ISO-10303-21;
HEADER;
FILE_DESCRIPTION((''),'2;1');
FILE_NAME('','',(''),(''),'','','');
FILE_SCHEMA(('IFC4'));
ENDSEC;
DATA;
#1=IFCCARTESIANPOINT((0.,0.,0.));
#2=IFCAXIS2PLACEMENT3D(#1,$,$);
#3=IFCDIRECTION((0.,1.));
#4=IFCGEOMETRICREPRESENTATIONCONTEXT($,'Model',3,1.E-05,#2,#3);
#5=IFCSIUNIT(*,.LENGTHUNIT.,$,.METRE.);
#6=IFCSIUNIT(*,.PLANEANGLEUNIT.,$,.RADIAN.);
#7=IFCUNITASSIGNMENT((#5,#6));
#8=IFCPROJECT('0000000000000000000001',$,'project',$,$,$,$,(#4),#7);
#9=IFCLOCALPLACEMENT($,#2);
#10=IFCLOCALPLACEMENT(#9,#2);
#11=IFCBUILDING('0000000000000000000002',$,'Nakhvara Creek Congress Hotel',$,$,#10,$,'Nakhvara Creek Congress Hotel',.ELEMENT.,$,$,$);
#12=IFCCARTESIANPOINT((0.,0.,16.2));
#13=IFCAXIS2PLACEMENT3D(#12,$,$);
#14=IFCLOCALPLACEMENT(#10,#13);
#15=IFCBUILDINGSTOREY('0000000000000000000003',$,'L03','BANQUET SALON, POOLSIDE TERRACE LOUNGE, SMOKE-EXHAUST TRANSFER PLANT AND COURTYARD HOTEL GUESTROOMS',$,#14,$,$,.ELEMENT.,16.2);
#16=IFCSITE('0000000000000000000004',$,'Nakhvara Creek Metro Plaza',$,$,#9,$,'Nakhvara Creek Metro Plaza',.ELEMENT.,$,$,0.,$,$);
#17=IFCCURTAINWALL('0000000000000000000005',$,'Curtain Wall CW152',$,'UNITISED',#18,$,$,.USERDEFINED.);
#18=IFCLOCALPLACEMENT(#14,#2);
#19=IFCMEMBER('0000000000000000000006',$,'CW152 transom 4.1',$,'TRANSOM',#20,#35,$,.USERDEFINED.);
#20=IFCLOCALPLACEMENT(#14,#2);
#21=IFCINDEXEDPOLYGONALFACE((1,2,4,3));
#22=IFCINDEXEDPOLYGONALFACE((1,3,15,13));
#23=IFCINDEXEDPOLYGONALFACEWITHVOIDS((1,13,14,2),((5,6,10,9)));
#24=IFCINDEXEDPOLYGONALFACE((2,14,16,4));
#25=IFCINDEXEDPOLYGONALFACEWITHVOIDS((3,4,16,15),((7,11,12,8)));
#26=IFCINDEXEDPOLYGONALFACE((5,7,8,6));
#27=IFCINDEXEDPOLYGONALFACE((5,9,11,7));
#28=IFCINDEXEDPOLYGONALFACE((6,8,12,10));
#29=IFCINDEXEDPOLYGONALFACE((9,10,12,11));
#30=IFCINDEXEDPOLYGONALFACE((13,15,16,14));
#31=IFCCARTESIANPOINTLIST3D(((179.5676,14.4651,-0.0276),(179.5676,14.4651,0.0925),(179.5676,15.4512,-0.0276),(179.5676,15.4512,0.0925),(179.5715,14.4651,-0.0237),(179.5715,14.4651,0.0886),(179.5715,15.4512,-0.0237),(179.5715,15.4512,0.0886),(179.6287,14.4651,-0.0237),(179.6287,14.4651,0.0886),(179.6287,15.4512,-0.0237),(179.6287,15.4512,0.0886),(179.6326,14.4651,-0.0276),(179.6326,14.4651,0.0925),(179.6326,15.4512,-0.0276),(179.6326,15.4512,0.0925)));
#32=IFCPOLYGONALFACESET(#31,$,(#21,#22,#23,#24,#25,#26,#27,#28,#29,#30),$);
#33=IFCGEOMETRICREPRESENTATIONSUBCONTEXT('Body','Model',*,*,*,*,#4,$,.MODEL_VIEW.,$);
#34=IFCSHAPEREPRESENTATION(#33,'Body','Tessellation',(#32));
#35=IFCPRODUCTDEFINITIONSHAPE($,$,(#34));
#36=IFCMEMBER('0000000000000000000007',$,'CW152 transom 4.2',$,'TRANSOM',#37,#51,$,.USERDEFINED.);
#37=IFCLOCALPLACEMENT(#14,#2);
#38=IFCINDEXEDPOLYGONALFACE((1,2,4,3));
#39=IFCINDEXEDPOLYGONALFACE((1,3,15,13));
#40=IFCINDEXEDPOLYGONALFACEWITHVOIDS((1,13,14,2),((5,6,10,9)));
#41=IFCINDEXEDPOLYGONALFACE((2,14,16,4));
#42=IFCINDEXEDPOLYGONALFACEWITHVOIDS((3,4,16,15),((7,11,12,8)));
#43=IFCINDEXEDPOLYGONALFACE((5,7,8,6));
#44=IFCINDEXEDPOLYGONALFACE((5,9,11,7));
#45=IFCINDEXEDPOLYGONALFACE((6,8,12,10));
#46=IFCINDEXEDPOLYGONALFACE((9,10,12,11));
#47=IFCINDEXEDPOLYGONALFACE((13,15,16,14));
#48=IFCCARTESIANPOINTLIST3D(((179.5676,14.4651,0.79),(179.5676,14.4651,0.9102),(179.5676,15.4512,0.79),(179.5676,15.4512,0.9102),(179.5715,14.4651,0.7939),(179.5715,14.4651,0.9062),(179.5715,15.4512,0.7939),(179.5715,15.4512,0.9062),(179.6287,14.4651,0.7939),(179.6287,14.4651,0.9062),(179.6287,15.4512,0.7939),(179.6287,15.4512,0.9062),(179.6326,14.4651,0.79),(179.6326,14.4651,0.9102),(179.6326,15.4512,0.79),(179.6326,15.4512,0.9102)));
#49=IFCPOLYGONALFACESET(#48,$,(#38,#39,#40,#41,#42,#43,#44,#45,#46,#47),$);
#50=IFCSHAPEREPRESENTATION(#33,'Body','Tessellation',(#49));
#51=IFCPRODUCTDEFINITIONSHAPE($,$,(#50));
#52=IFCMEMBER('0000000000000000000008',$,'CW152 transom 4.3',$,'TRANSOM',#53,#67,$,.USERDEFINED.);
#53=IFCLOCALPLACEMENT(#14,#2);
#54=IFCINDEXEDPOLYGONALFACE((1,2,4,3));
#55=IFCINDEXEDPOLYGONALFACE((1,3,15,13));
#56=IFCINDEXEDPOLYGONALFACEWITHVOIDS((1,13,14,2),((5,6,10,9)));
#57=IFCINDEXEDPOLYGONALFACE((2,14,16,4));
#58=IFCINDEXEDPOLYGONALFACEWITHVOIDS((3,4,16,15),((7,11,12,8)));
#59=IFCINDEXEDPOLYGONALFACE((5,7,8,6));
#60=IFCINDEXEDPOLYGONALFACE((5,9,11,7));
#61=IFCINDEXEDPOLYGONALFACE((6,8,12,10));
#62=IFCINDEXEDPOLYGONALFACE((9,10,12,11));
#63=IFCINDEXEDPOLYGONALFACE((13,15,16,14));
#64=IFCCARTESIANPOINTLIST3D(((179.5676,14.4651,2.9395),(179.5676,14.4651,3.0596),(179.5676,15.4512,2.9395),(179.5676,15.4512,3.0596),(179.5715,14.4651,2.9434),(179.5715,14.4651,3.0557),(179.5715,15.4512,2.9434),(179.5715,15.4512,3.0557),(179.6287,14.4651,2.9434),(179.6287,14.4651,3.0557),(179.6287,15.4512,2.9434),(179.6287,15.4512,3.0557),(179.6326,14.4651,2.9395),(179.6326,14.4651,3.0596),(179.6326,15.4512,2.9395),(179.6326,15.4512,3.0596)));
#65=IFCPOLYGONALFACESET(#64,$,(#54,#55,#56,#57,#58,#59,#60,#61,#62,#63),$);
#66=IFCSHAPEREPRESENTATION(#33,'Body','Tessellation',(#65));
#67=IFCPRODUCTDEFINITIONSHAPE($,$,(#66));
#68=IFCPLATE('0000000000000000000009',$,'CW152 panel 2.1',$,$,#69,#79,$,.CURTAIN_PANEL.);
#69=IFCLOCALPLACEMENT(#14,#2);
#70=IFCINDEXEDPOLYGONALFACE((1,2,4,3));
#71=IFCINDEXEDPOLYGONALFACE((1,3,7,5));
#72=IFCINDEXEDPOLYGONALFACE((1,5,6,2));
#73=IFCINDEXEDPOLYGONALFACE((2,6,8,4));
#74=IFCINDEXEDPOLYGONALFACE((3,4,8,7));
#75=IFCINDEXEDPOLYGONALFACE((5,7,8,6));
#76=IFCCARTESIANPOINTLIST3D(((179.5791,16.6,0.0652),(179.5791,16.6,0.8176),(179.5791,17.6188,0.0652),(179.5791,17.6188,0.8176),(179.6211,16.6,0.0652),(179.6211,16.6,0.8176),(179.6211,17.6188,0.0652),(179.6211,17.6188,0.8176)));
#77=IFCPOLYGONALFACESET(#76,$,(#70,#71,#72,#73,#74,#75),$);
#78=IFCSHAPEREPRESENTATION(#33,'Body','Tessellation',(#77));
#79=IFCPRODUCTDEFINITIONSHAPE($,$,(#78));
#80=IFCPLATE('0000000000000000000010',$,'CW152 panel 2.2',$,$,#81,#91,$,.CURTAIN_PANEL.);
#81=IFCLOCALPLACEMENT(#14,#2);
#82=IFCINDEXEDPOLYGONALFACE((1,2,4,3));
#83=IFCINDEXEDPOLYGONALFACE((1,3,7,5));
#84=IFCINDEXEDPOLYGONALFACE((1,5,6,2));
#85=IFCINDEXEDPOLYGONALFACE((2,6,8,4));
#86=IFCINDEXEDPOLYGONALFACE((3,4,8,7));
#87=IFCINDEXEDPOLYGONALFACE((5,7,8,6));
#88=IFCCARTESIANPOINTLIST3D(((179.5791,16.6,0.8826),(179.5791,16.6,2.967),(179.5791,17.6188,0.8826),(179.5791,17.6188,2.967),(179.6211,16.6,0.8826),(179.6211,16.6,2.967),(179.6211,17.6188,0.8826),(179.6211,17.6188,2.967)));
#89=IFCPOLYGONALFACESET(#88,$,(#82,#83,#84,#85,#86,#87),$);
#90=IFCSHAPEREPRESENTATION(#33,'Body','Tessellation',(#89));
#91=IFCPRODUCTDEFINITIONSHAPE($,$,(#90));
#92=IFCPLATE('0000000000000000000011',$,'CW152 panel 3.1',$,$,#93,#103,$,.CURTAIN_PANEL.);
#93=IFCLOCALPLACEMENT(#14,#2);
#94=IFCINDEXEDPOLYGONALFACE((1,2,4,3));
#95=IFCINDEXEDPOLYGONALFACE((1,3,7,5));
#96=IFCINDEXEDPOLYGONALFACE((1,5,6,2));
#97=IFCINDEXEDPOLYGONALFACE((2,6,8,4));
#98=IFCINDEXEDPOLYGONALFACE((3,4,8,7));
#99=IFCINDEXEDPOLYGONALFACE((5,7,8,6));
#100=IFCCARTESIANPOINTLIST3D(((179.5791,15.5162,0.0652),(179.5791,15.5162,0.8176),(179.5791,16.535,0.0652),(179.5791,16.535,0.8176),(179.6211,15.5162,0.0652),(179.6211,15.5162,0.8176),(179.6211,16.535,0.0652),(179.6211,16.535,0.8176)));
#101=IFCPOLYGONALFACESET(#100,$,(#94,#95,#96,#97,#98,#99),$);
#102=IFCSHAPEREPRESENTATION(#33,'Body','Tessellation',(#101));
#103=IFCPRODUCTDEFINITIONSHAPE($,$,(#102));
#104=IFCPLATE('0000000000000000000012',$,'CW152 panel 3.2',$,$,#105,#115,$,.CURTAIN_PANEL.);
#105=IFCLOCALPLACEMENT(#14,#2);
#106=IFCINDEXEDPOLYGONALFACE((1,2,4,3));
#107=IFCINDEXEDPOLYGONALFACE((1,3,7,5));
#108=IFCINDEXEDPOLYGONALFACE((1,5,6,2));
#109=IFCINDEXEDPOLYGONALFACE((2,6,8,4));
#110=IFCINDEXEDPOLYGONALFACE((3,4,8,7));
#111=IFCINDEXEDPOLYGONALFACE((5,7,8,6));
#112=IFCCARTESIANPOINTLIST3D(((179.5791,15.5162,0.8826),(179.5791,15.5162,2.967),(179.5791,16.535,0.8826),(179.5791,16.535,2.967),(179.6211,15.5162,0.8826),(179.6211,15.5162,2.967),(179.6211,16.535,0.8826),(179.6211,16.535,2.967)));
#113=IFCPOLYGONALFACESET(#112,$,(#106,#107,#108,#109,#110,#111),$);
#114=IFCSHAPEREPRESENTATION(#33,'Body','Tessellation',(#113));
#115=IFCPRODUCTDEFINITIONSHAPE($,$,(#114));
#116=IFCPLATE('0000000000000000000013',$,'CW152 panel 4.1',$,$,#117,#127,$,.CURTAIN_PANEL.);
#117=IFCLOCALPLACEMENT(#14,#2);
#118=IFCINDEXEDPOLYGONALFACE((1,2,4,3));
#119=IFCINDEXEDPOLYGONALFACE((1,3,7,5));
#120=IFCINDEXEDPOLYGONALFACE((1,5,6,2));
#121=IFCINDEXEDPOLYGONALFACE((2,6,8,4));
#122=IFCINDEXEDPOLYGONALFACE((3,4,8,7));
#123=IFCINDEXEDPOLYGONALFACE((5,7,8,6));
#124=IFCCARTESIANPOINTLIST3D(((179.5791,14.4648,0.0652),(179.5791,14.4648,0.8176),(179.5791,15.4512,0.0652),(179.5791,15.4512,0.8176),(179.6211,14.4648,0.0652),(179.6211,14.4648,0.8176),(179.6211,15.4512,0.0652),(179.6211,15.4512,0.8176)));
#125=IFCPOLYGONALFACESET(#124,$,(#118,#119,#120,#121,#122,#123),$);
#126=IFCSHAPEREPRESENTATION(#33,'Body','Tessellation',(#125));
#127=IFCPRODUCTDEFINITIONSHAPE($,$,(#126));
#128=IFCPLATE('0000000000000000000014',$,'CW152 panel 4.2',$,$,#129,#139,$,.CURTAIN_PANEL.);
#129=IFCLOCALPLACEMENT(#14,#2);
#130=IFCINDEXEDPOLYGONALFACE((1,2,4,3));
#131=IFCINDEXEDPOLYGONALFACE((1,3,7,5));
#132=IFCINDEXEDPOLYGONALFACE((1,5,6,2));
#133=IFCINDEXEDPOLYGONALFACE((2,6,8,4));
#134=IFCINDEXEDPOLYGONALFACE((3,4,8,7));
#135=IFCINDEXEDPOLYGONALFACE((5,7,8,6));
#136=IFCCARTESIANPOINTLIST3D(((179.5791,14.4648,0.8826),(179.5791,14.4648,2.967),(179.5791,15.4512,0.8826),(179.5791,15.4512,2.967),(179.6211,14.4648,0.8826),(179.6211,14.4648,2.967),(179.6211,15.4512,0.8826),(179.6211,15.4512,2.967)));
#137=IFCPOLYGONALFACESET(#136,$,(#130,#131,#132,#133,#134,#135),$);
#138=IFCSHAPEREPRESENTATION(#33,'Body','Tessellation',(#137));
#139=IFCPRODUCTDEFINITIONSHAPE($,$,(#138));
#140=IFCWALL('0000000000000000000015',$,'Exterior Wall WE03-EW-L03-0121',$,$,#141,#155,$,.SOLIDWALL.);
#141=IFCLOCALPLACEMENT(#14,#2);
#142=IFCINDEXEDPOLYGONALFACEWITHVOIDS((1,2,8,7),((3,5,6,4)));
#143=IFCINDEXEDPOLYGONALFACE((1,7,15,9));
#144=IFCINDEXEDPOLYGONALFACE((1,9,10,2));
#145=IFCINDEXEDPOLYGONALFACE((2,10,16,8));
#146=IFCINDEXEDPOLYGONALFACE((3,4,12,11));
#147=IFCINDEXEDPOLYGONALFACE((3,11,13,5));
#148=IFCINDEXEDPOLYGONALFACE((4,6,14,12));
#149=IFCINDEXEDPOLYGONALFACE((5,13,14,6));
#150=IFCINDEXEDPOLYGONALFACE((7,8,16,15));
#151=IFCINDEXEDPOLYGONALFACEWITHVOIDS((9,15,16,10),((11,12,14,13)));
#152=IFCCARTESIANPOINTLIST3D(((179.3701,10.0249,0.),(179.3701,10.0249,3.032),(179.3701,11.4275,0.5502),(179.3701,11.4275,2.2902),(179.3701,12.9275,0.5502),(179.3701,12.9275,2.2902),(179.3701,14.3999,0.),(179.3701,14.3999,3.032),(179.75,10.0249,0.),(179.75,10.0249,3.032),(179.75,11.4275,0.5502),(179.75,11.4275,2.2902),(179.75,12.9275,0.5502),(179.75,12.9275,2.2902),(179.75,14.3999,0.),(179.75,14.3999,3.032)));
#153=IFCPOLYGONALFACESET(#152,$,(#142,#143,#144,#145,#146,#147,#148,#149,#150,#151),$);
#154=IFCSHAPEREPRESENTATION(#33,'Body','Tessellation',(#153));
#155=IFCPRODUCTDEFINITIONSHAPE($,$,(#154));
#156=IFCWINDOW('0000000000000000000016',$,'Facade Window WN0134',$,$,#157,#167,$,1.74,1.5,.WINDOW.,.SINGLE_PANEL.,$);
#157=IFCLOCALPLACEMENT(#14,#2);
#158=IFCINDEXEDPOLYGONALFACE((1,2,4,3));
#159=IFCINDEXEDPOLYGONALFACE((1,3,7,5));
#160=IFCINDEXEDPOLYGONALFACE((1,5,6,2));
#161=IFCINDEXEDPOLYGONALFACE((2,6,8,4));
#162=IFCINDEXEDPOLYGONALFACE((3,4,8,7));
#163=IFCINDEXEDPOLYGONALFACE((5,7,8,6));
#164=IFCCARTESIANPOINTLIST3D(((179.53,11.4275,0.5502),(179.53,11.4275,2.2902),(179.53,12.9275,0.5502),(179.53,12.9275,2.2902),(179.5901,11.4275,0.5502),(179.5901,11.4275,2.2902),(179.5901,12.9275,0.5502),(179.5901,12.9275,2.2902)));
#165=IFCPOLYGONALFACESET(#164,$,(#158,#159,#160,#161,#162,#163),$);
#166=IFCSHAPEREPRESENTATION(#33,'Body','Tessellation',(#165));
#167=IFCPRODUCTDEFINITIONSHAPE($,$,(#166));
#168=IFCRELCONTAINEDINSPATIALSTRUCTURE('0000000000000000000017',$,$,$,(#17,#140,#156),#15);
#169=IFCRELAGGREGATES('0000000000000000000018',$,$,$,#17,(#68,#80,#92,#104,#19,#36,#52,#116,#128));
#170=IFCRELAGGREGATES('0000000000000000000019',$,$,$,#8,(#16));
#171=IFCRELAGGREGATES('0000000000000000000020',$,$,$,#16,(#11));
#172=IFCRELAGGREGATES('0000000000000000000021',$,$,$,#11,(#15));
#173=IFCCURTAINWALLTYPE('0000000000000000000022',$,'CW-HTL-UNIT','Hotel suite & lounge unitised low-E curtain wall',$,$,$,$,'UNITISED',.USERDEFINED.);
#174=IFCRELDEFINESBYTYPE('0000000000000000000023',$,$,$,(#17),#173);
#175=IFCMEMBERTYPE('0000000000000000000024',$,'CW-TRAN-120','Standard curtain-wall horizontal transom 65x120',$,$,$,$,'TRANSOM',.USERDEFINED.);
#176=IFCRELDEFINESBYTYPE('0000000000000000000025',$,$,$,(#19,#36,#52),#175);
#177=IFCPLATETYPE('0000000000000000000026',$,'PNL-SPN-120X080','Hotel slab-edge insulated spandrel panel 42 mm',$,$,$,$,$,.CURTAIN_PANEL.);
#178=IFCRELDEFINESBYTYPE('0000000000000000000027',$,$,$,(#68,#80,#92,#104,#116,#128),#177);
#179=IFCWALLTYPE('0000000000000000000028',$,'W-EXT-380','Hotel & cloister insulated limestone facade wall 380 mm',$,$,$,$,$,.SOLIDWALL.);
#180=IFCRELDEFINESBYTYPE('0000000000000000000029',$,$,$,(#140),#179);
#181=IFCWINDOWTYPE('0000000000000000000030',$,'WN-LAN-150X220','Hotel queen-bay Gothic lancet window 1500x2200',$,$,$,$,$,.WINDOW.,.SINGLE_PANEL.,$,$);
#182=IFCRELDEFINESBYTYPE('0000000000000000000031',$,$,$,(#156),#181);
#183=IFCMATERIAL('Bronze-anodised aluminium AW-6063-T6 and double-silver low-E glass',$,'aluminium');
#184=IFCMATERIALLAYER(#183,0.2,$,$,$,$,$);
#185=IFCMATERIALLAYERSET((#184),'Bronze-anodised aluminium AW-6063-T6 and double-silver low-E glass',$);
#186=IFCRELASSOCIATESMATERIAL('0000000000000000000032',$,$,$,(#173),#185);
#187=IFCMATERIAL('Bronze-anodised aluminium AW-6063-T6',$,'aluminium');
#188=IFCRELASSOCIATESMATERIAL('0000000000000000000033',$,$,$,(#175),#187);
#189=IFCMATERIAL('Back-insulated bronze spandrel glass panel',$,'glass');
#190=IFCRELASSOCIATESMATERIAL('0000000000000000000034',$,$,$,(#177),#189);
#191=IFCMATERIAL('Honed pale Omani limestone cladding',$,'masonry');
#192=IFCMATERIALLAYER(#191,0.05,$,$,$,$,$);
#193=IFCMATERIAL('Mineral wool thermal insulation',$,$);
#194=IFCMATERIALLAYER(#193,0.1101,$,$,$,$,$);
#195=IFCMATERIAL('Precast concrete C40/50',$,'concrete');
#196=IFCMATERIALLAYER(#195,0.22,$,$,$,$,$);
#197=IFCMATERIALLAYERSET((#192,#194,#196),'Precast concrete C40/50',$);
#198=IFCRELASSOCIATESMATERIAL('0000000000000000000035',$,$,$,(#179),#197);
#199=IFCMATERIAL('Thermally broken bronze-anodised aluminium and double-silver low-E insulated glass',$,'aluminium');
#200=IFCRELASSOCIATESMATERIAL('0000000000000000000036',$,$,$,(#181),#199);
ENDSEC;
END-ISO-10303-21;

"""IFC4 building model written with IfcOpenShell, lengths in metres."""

from ifc_helpers import new_model, si_unit, direction, frame, frame_2d, origin, origin_2d, place, context, subcontext, project, spatial, rectangle, hollow_rectangle, extrude, material, layer, layer_set, material_profile, profile_set, type_object, element, fill, aggregate, save


model = new_model("IFC4")

# Units and contexts
model_context = context("Model", 3, precision=1e-05, world=origin(), true_north=direction((0.0, 1.0)))
body_context = subcontext(model_context, "Body", "Model", "MODEL_VIEW")
ifc_project = project(units=[si_unit("LENGTHUNIT", "METRE"), si_unit("PLANEANGLEUNIT", "RADIAN")], contexts=[model_context])

# Site, building, storey
site_placement = place(None, origin())
site = spatial("IfcSite", under=ifc_project, at=site_placement, Name="Nakhvara Creek Metro Plaza", LongName="Nakhvara Creek Metro Plaza", CompositionType="ELEMENT", RefElevation=0.0)
building_placement = place(site_placement, origin())
building = spatial("IfcBuilding", under=site, at=building_placement, Name="Nakhvara Creek Congress Hotel", LongName="Nakhvara Creek Congress Hotel", CompositionType="ELEMENT")
storey_placement = place(building_placement, frame((0.0, 0.0, 16.2)))
storey = spatial("IfcBuildingStorey", under=building, at=storey_placement, Name="L03", Description="BANQUET SALON, POOLSIDE TERRACE LOUNGE, SMOKE-EXHAUST TRANSFER PLANT AND COURTYARD HOTEL GUESTROOMS", CompositionType="ELEMENT", Elevation=16.2)

# Curtain wall, members, plates
ifc_material_1 = material(Name="Bronze-anodised aluminium AW-6063-T6 and double-silver low-E glass", Category="aluminium")
ifc_layer_1 = layer(ifc_material_1, 0.2)
ifc_layer_set_1 = layer_set([ifc_layer_1], Name="Bronze-anodised aluminium AW-6063-T6 and double-silver low-E glass")
curtain_wall_type = type_object("IfcCurtainWallType", Name="CW-HTL-UNIT", Description="Hotel suite & lounge unitised low-E curtain wall", ElementType="UNITISED", PredefinedType="USERDEFINED", material=ifc_layer_set_1)
curtain_wall_placement = place(storey_placement, origin())
curtain_wall = element("IfcCurtainWall", 1, at=curtain_wall_placement, inside=storey, type_object=curtain_wall_type, Name="Curtain Wall CW152", ObjectType="UNITISED", PredefinedType="USERDEFINED")
ifc_material_2 = material(Name="Bronze-anodised aluminium AW-6063-T6", Category="aluminium")
ifc_material_profile_1 = material_profile(ifc_material_2, hollow_rectangle(XDim=0.0649, YDim=0.1201, WallThickness=0.0039, at=origin_2d()), Name="ALU-TRAN 65x120x4", Category="LoadBearing")
ifc_profile_set_1 = profile_set([ifc_material_profile_1], Name="Bronze-anodised aluminium AW-6063-T6")
member_type_1 = type_object("IfcMemberType", Name="CW-TRAN-120", Description="Standard curtain-wall horizontal transom 65x120", ElementType="TRANSOM", PredefinedType="USERDEFINED", material=ifc_profile_set_1)
member_1_placement = place(storey_placement, frame((179.6001, 15.4512, 0.0325), z_axis=(0.0, -1.0, 0.0), x_axis=(1.0, 0.0, 0.0)))
member_1 = element("IfcMember", 2, at=member_1_placement, type_object=member_type_1, Name="CW152 transom 4.1", ObjectType="TRANSOM", PredefinedType="USERDEFINED", context=body_context, shape_type="SweptSolid", body=[
    extrude(hollow_rectangle(XDim=0.0649, YDim=0.1201, WallThickness=0.0039, at=origin_2d()), origin(), (0.0, 0.0, 1.0), 0.9861),
])
member_2_placement = place(storey_placement, frame((179.6001, 15.4512, 0.8501), z_axis=(0.0, -1.0, 0.0), x_axis=(1.0, 0.0, 0.0)))
member_2 = element("IfcMember", 3, at=member_2_placement, type_object=member_type_1, Name="CW152 transom 4.2", ObjectType="TRANSOM", PredefinedType="USERDEFINED", context=body_context, shape_type="SweptSolid", body=[
    extrude(hollow_rectangle(XDim=0.0649, YDim=0.1201, WallThickness=0.0039, at=origin_2d()), origin(), (0.0, 0.0, 1.0), 0.9861),
])
member_3_placement = place(storey_placement, frame((179.6001, 15.4512, 2.9995), z_axis=(0.0, -1.0, 0.0), x_axis=(1.0, 0.0, 0.0)))
member_3 = element("IfcMember", 4, at=member_3_placement, type_object=member_type_1, Name="CW152 transom 4.3", ObjectType="TRANSOM", PredefinedType="USERDEFINED", context=body_context, shape_type="SweptSolid", body=[
    extrude(hollow_rectangle(XDim=0.0649, YDim=0.1201, WallThickness=0.0039, at=origin_2d()), origin(), (0.0, 0.0, 1.0), 0.9861),
])
ifc_material_3 = material(Name="Back-insulated bronze spandrel glass panel", Category="glass")
plate_type = type_object("IfcPlateType", Name="PNL-SPN-120X080", Description="Hotel slab-edge insulated spandrel panel 42 mm", PredefinedType="CURTAIN_PANEL", material=ifc_material_3)
plate_1_placement = place(storey_placement, frame((179.6001, 17.1094, 0.0652), z_axis=(0.0, 0.0, 1.0), x_axis=(0.0, -1.0, 0.0)))
plate_1 = element("IfcPlate", 5, at=plate_1_placement, type_object=plate_type, Name="CW152 panel 2.1", PredefinedType="CURTAIN_PANEL", context=body_context, shape_type="SweptSolid", body=[
    extrude(rectangle(XDim=1.0188, YDim=0.042, at=origin_2d()), origin(), (0.0, 0.0, 1.0), 0.7524),
])
plate_2_placement = place(storey_placement, frame((179.6001, 17.1094, 0.8826), z_axis=(0.0, 0.0, 1.0), x_axis=(0.0, -1.0, 0.0)))
plate_2 = element("IfcPlate", 6, at=plate_2_placement, type_object=plate_type, Name="CW152 panel 2.2", PredefinedType="CURTAIN_PANEL", context=body_context, shape_type="SweptSolid", body=[
    extrude(rectangle(XDim=1.0188, YDim=0.042, at=origin_2d()), origin(), (0.0, 0.0, 1.0), 2.0845),
])
plate_3_placement = place(storey_placement, frame((179.6001, 16.0256, 0.0652), z_axis=(0.0, 0.0, 1.0), x_axis=(0.0, -1.0, 0.0)))
plate_3 = element("IfcPlate", 7, at=plate_3_placement, type_object=plate_type, Name="CW152 panel 3.1", PredefinedType="CURTAIN_PANEL", context=body_context, shape_type="SweptSolid", body=[
    extrude(rectangle(XDim=1.0188, YDim=0.042, at=origin_2d()), origin(), (0.0, 0.0, 1.0), 0.7524),
])
plate_4_placement = place(storey_placement, frame((179.6001, 16.0256, 0.8826), z_axis=(0.0, 0.0, 1.0), x_axis=(0.0, -1.0, 0.0)))
plate_4 = element("IfcPlate", 8, at=plate_4_placement, type_object=plate_type, Name="CW152 panel 3.2", PredefinedType="CURTAIN_PANEL", context=body_context, shape_type="SweptSolid", body=[
    extrude(rectangle(XDim=1.0188, YDim=0.042, at=origin_2d()), origin(), (0.0, 0.0, 1.0), 2.0845),
])
plate_5_placement = place(storey_placement, frame((179.6001, 14.958, 0.0652), z_axis=(0.0, 0.0, 1.0), x_axis=(0.0, -1.0, 0.0)))
plate_5 = element("IfcPlate", 9, at=plate_5_placement, type_object=plate_type, Name="CW152 panel 4.1", PredefinedType="CURTAIN_PANEL", context=body_context, shape_type="SweptSolid", body=[
    extrude(rectangle(XDim=0.9863, YDim=0.042, at=origin_2d()), origin(), (0.0, 0.0, 1.0), 0.7524),
])
plate_6_placement = place(storey_placement, frame((179.6001, 14.958, 0.8826), z_axis=(0.0, 0.0, 1.0), x_axis=(0.0, -1.0, 0.0)))
plate_6 = element("IfcPlate", 10, at=plate_6_placement, type_object=plate_type, Name="CW152 panel 4.2", PredefinedType="CURTAIN_PANEL", context=body_context, shape_type="SweptSolid", body=[
    extrude(rectangle(XDim=0.9863, YDim=0.042, at=origin_2d()), origin(), (0.0, 0.0, 1.0), 2.0845),
])
aggregate(curtain_wall, [plate_1, plate_2, plate_3, plate_4, member_1, member_2, member_3, plate_5, plate_6])

# Wall, opening, window
ifc_material_4 = material(Name="Honed pale Omani limestone cladding", Category="masonry")
ifc_layer_2 = layer(ifc_material_4, 0.05)
ifc_material_5 = material(Name="Mineral wool thermal insulation")
ifc_layer_3 = layer(ifc_material_5, 0.1101)
ifc_material_6 = material(Name="Precast concrete C40/50", Category="concrete")
ifc_layer_4 = layer(ifc_material_6, 0.22)
ifc_layer_set_2 = layer_set([ifc_layer_2, ifc_layer_3, ifc_layer_4], Name="Precast concrete C40/50")
wall_type = type_object("IfcWallType", Name="W-EXT-380", Description="Hotel & cloister insulated limestone facade wall 380 mm", PredefinedType="SOLIDWALL", material=ifc_layer_set_2)
wall_placement = place(storey_placement, frame((179.5601, 14.3999, 0.0), z_axis=(0.0, 0.0, 1.0), x_axis=(0.0, -1.0, 0.0)))
wall = element("IfcWall", 11, at=wall_placement, inside=storey, type_object=wall_type, Name="Exterior Wall WE03-EW-L03-0121", PredefinedType="SOLIDWALL", context=body_context, shape_type="SweptSolid", body=[
    extrude(rectangle(XDim=4.375, YDim=0.3799, at=frame_2d((2.1875, 0.0))), origin(), (0.0, 0.0, 1.0), 3.032),
])
opening_placement = place(wall_placement, frame((1.4724, 0.0, 0.55)))
opening = element("IfcOpeningElement", 12, at=opening_placement, cuts=wall, PredefinedType="OPENING", context=body_context, shape_type="SweptSolid", body=[
    extrude(rectangle(XDim=1.5, YDim=1.74, at=frame_2d((0.75, 0.8701))), frame((0.0, 0.2019, 0.0), z_axis=(0.0, -1.0, 0.0), x_axis=(1.0, 0.0, 0.0)), (0.0, 0.0, 1.0), 0.4038),
])
ifc_material_7 = material(Name="Thermally broken bronze-anodised aluminium and double-silver low-E insulated glass", Category="aluminium")
window_type = type_object("IfcWindowType", Name="WN-LAN-150X220", Description="Hotel queen-bay Gothic lancet window 1500x2200", PartitioningType="SINGLE_PANEL", PredefinedType="WINDOW", material=ifc_material_7)
window_placement = place(opening_placement, origin())
window = element("IfcWindow", 13, at=window_placement, inside=storey, type_object=window_type, Name="Facade Window WN0134", OverallHeight=1.74, OverallWidth=1.5, PartitioningType="SINGLE_PANEL", PredefinedType="WINDOW", context=body_context, shape_type="SweptSolid", body=[
    extrude(rectangle(XDim=1.5, YDim=1.74, at=frame_2d((0.75, 0.8701))), frame((0.0, 0.03, 0.0), z_axis=(0.0, -1.0, 0.0), x_axis=(1.0, 0.0, 0.0)), (0.0, 0.0, 1.0), 0.0601),
])
fill(opening, window)

save(model, "model.ifc")
